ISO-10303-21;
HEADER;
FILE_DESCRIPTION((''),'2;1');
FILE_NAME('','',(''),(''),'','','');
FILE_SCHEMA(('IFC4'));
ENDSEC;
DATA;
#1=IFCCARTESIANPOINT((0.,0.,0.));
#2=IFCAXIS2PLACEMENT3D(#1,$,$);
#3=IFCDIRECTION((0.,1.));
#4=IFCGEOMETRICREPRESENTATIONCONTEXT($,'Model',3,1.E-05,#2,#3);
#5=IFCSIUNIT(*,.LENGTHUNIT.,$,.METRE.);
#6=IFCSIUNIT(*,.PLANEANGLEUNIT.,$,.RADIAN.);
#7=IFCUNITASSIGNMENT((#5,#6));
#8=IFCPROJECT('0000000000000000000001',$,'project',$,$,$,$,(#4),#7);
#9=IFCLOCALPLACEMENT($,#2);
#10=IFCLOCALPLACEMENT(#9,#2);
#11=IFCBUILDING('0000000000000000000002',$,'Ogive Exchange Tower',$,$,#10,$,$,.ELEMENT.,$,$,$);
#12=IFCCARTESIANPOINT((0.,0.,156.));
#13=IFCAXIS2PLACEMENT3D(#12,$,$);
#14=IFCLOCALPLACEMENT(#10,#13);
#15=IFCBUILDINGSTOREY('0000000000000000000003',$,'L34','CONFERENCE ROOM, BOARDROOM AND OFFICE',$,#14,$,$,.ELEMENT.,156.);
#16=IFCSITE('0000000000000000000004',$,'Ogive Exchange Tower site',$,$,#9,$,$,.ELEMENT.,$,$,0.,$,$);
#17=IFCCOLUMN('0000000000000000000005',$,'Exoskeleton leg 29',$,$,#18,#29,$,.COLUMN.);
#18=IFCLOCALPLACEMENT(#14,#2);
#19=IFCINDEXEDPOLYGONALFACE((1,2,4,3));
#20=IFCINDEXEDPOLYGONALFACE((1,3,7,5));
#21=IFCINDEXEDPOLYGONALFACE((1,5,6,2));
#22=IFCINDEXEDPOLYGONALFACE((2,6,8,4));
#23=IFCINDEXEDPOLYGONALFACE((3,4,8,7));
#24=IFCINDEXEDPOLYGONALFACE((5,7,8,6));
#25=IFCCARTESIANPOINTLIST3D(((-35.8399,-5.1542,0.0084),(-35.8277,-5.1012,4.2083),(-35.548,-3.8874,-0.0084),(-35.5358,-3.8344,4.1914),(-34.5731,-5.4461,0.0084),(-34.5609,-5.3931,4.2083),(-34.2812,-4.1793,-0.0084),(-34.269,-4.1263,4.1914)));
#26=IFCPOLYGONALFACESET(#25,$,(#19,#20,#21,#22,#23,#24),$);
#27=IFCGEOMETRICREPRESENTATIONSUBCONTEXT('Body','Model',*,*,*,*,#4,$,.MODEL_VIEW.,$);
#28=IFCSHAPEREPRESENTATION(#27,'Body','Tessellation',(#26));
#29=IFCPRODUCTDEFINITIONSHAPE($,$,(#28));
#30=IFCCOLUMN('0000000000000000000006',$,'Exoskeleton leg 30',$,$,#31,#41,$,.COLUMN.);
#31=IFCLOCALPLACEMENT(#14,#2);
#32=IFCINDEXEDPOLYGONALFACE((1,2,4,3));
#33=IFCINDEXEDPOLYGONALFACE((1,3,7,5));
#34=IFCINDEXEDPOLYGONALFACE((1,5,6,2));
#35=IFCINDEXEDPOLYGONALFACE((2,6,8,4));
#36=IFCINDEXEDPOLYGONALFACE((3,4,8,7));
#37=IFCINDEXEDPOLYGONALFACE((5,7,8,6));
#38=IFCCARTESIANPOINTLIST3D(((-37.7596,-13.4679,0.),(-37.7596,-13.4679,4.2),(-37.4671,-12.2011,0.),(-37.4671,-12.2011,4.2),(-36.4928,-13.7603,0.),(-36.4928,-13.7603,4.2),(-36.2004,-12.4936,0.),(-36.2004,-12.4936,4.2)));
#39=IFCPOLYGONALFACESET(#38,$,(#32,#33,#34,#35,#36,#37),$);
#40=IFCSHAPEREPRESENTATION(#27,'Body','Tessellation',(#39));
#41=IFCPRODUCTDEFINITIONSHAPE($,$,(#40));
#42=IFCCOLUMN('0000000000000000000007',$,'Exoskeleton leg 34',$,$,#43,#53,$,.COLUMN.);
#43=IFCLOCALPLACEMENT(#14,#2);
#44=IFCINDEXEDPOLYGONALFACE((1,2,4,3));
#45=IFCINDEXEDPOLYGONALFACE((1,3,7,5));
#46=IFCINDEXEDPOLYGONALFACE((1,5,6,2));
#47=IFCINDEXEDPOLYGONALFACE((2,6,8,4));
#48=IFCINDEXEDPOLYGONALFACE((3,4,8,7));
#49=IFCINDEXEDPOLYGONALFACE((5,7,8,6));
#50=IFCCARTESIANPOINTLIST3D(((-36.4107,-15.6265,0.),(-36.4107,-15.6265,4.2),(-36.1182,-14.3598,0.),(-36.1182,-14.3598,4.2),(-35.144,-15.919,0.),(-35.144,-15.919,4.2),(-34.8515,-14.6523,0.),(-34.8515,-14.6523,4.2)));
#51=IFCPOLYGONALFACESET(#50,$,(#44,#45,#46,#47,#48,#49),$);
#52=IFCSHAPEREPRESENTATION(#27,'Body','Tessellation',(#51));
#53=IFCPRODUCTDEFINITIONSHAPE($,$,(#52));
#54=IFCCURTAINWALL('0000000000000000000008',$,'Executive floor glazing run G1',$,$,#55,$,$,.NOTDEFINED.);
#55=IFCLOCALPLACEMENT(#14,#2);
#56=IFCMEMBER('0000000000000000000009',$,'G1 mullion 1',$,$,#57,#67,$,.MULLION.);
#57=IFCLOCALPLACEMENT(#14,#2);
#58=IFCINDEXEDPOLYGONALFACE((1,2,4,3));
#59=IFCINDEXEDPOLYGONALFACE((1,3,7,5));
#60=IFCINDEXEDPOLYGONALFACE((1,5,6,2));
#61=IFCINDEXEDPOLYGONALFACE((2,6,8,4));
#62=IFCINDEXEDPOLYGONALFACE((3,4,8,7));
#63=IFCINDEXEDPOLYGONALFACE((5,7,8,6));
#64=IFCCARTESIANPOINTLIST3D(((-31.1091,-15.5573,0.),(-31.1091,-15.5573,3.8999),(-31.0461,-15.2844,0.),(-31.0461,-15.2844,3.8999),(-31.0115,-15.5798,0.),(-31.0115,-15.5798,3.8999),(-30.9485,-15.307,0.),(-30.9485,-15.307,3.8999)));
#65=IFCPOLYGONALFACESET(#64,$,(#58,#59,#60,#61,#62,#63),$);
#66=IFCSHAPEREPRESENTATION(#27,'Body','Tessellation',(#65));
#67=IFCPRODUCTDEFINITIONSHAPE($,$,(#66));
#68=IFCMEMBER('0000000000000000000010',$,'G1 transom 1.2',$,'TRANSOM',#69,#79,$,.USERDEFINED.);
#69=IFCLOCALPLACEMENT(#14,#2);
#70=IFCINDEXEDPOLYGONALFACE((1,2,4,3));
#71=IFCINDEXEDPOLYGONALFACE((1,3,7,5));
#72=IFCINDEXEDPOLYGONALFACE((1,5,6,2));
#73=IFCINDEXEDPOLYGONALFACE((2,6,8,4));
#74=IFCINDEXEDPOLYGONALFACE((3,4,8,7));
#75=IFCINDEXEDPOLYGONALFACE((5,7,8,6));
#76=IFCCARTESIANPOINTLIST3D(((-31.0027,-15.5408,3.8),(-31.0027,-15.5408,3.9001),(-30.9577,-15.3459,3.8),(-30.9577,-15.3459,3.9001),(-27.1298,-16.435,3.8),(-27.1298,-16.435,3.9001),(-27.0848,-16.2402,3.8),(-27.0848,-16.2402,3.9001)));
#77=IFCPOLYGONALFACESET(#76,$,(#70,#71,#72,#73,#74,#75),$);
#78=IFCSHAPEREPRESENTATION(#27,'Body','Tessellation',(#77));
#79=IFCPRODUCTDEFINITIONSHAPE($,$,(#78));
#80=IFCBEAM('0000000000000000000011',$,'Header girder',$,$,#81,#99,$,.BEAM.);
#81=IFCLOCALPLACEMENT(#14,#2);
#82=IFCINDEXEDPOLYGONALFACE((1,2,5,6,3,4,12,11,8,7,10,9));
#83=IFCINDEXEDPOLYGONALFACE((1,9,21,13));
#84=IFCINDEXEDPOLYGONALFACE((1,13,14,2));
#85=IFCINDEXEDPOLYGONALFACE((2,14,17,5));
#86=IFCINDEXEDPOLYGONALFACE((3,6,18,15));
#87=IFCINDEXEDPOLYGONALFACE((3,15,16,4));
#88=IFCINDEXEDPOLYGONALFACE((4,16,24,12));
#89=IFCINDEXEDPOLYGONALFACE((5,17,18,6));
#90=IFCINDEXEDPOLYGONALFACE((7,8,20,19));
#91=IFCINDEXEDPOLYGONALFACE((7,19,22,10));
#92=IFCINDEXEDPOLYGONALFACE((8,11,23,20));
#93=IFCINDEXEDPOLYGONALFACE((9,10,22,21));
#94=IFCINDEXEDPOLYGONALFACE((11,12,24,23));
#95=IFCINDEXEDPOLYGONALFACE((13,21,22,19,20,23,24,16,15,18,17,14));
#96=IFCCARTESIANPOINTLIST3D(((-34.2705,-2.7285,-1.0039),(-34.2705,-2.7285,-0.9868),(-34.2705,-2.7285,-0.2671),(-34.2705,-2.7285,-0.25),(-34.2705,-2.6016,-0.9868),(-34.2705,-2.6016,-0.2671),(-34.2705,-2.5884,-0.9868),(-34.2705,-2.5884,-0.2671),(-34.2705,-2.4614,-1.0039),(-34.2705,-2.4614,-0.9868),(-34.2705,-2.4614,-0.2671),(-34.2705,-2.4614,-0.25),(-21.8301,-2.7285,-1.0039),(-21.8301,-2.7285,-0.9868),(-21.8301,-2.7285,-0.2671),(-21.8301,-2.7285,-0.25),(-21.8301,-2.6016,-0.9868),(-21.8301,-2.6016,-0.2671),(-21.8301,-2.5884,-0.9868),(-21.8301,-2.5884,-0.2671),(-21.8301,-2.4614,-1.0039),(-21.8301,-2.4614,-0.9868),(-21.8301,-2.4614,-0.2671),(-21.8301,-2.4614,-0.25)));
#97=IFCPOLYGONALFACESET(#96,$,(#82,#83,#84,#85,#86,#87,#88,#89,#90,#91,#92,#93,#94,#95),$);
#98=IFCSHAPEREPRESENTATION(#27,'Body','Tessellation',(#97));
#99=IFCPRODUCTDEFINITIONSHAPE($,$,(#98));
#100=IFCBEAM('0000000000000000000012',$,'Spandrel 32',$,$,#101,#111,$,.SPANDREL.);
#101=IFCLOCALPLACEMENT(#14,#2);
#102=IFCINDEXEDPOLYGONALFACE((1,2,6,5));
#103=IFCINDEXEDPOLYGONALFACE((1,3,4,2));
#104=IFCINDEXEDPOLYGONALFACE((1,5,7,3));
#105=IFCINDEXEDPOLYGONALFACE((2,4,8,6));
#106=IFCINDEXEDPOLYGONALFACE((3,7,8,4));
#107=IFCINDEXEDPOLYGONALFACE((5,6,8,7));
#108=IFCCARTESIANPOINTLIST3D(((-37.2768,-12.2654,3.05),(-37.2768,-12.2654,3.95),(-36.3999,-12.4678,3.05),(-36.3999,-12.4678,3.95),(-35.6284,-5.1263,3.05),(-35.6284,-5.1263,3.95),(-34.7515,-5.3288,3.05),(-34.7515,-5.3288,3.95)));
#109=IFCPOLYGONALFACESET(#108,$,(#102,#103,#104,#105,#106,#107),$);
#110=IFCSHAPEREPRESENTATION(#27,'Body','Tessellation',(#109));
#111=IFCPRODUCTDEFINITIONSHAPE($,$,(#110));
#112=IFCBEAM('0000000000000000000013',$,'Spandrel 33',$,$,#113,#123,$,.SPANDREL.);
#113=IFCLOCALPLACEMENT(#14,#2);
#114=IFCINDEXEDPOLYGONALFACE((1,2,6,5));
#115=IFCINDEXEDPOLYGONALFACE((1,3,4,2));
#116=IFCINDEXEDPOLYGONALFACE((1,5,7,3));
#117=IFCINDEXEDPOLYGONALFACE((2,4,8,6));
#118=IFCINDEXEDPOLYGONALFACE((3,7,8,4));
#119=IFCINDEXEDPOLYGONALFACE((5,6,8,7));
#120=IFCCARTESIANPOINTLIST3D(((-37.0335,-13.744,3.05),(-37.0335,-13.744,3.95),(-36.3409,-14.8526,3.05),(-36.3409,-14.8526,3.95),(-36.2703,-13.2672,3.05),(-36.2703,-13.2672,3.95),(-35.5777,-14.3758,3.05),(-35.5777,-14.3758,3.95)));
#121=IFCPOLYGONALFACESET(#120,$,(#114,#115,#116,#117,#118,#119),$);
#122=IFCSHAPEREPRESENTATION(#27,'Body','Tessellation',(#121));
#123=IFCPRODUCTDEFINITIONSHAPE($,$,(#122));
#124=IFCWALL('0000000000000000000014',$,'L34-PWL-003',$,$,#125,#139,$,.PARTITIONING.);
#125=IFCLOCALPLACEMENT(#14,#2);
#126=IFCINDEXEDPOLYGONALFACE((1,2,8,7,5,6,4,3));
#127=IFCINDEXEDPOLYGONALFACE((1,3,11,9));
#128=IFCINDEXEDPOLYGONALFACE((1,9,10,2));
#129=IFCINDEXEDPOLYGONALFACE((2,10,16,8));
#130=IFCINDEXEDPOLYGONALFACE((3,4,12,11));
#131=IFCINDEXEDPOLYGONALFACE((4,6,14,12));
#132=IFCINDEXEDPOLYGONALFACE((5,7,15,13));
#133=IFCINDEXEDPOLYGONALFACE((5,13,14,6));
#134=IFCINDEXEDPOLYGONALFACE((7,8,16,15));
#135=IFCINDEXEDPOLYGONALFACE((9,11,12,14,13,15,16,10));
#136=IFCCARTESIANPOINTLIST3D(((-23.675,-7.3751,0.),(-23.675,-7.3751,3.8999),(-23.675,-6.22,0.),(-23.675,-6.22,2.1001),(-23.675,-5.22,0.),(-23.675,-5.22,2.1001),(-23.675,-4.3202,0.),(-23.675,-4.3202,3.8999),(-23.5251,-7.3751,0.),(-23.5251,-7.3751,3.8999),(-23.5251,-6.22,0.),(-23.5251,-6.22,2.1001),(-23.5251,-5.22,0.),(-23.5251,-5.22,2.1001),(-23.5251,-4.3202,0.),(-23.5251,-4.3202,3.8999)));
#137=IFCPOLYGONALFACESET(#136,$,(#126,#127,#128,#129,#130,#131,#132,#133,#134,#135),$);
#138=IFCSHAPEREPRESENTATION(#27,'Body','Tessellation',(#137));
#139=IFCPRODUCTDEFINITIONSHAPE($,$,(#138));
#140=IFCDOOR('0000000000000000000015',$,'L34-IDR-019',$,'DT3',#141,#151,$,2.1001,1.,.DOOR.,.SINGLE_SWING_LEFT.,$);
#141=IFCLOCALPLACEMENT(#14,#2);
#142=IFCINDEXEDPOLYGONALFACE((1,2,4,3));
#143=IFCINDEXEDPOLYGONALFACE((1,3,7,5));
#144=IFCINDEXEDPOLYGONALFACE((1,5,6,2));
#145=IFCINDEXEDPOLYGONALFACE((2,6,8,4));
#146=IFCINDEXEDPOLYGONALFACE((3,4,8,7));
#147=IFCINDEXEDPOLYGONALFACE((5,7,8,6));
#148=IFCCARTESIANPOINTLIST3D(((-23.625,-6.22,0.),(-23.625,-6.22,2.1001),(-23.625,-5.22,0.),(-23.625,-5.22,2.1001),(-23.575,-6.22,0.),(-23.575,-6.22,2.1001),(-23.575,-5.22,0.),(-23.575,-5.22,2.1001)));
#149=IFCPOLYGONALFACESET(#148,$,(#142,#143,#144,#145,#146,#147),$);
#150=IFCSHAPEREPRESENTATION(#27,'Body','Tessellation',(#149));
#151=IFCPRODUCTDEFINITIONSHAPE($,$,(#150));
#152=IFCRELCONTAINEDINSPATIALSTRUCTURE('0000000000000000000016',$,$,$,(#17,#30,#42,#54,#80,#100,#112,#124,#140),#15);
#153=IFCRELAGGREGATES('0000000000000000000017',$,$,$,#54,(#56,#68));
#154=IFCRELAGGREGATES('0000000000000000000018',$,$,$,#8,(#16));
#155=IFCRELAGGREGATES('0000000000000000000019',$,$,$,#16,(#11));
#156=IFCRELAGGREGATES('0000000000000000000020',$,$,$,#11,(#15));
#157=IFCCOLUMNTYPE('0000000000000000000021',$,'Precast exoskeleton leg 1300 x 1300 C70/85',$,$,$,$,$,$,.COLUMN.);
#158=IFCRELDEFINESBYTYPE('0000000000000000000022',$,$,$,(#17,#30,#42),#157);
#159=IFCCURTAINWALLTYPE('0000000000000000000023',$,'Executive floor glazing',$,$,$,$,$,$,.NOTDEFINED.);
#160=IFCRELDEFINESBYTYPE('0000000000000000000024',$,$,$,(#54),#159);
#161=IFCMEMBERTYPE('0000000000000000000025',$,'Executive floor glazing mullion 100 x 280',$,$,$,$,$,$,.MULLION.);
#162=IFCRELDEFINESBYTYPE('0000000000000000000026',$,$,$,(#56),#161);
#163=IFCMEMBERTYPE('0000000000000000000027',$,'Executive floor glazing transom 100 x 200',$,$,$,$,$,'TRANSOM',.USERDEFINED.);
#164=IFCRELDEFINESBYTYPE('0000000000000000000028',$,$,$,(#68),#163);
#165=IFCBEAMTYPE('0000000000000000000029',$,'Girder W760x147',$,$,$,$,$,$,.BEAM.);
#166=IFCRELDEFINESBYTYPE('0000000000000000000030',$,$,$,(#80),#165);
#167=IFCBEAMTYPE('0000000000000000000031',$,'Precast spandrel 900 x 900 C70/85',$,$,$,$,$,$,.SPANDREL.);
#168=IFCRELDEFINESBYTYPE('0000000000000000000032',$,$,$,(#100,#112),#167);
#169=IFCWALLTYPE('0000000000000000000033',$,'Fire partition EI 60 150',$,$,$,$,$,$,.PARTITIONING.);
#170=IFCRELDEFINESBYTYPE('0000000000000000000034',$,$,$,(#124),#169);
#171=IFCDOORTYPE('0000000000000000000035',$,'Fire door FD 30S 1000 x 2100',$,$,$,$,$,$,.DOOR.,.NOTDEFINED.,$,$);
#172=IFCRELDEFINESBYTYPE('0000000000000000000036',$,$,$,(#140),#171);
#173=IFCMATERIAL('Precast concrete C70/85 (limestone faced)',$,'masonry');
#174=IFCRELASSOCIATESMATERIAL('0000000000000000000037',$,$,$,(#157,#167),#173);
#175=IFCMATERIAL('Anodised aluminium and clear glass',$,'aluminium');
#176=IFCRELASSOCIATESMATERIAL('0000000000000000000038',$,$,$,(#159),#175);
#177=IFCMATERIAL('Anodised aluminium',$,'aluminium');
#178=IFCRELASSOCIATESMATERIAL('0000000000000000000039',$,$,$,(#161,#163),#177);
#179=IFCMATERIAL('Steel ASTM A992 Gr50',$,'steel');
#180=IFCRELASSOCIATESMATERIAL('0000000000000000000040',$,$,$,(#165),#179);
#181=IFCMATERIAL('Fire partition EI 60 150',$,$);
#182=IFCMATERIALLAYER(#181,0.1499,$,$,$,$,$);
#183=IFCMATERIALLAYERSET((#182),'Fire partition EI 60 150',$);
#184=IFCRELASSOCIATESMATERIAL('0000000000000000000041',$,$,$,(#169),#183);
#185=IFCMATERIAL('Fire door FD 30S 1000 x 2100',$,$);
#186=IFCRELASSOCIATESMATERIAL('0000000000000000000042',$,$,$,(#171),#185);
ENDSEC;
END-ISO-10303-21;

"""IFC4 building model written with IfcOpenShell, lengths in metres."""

from ifc_helpers import new_model, si_unit, direction, frame, frame_2d, origin, origin_2d, place, context, subcontext, project, spatial, rectangle, i_section, extrude, material, layer, layer_set, material_profile, profile_set, type_object, element, fill, aggregate, save


model = new_model("IFC4")

# Units and contexts
model_context = context("Model", 3, precision=1e-05, world=origin(), true_north=direction((0.0, 1.0)))
body_context = subcontext(model_context, "Body", "Model", "MODEL_VIEW")
ifc_project = project(units=[si_unit("LENGTHUNIT", "METRE"), si_unit("PLANEANGLEUNIT", "RADIAN")], contexts=[model_context])

# Site, building, storey
site_placement = place(None, origin())
site = spatial("IfcSite", under=ifc_project, at=site_placement, Name="Ogive Exchange Tower site", CompositionType="ELEMENT", RefElevation=0.0)
building_placement = place(site_placement, origin())
building = spatial("IfcBuilding", under=site, at=building_placement, Name="Ogive Exchange Tower", CompositionType="ELEMENT")
storey_placement = place(building_placement, frame((0.0, 0.0, 156.0)))
storey = spatial("IfcBuildingStorey", under=building, at=storey_placement, Name="L34", Description="CONFERENCE ROOM, BOARDROOM AND OFFICE", CompositionType="ELEMENT", Elevation=156.0)

# Columns
ifc_material_1 = material(Name="Precast concrete C70/85 (limestone faced)", Category="masonry")
ifc_material_profile_1 = material_profile(ifc_material_1, rectangle(XDim=1.3, YDim=1.3, at=origin_2d()), Name="1300 x 1300")
ifc_profile_set_1 = profile_set([ifc_material_profile_1], Name="Precast concrete C70/85 (limestone faced)")
column_type = type_object("IfcColumnType", Name="Precast exoskeleton leg 1300 x 1300 C70/85", PredefinedType="COLUMN", material=ifc_profile_set_1)
column_placement = place(storey_placement, frame((-35.0605, -4.6667, 0.0), z_axis=(0.002906, 0.012613, 0.999916), x_axis=(-0.974467, 0.224532, 0.0)))
element("IfcColumn", 1, at=column_placement, inside=storey, type_object=column_type, Name="Exoskeleton leg 29", PredefinedType="COLUMN", context=body_context, shape_type="SweptSolid", body=[
    extrude(rectangle(XDim=1.3, YDim=1.3, at=origin_2d()), origin(), (0.0, 0.0, 1.0), 4.2002),
])
for number, where, z_axis, x_axis, name in (
    (2, (-36.98, -12.9807, 0.0), (0.0, 0.0, 1.0), (0.97437, -0.224951, 0.0), "Exoskeleton leg 30"),
    (3, (-35.6311, -15.1394, 0.0), (0.0, 0.0, 1.0), (0.97437, -0.224951, 0.0), "Exoskeleton leg 34"),
):
    element("IfcColumn", number, at=place(storey_placement, frame(where, z_axis=z_axis, x_axis=x_axis)), inside=storey, type_object=column_type, Name=name, PredefinedType="COLUMN", context=body_context, shape_type="SweptSolid", body=[
        extrude(rectangle(XDim=1.3, YDim=1.3, at=origin_2d()), origin(), (0.0, 0.0, 1.0), 4.2),
    ])

# Curtain wall, members
ifc_material_2 = material(Name="Anodised aluminium and clear glass", Category="aluminium")
curtain_wall_type = type_object("IfcCurtainWallType", Name="Executive floor glazing", PredefinedType="NOTDEFINED", material=ifc_material_2)
curtain_wall_placement = place(storey_placement, origin())
curtain_wall = element("IfcCurtainWall", 4, at=curtain_wall_placement, inside=storey, type_object=curtain_wall_type, Name="Executive floor glazing run G1", PredefinedType="NOTDEFINED")
ifc_material_3 = material(Name="Anodised aluminium", Category="aluminium")
ifc_material_profile_2 = material_profile(ifc_material_3, rectangle(XDim=0.28, YDim=0.1001, at=origin_2d()), Name="AL 100x280")
ifc_profile_set_2 = profile_set([ifc_material_profile_2], Name="Anodised aluminium")
member_type_1 = type_object("IfcMemberType", Name="Executive floor glazing mullion 100 x 280", PredefinedType="MULLION", material=ifc_profile_set_2)
member_1_placement = place(storey_placement, frame((-31.0288, -15.4321, 0.0), z_axis=(0.0, 0.0, 1.0), x_axis=(0.224947, 0.974371, 0.0)))
member_1 = element("IfcMember", 5, at=member_1_placement, type_object=member_type_1, Name="G1 mullion 1", PredefinedType="MULLION", context=body_context, shape_type="SweptSolid", body=[
    extrude(rectangle(XDim=0.28, YDim=0.1001, at=origin_2d()), origin(), (0.0, 0.0, 1.0), 3.8999),
])
ifc_material_profile_3 = material_profile(ifc_material_3, rectangle(XDim=0.2, YDim=0.1001, at=origin_2d()), Name="AL 100x200")
ifc_profile_set_3 = profile_set([ifc_material_profile_3], Name="Anodised aluminium")
member_type_2 = type_object("IfcMemberType", Name="Executive floor glazing transom 100 x 200", ElementType="TRANSOM", PredefinedType="USERDEFINED", material=ifc_profile_set_3)
member_2_placement = place(storey_placement, frame((-30.9802, -15.4434, 3.8501), z_axis=(0.974363, -0.224981, 0.0), x_axis=(0.224981, 0.974363, 0.0)))
member_2 = element("IfcMember", 6, at=member_2_placement, type_object=member_type_2, Name="G1 transom 1.2", ObjectType="TRANSOM", PredefinedType="USERDEFINED", context=body_context, shape_type="SweptSolid", body=[
    extrude(rectangle(XDim=0.2, YDim=0.1001, at=origin_2d()), origin(), (0.0, 0.0, 1.0), 3.9749),
])
aggregate(curtain_wall, [member_1, member_2])

# Beams
ifc_material_4 = material(Name="Steel ASTM A992 Gr50", Category="steel")
ifc_material_profile_4 = material_profile(ifc_material_4, i_section(OverallWidth=0.2671, OverallDepth=0.7539, WebThickness=0.0132, FlangeThickness=0.0171, at=origin_2d()), Name="W760x147")
ifc_profile_set_4 = profile_set([ifc_material_profile_4], Name="Steel ASTM A992 Gr50")
beam_type_1 = type_object("IfcBeamType", Name="Girder W760x147", PredefinedType="BEAM", material=ifc_profile_set_4)
beam_1_placement = place(storey_placement, frame((-34.2705, -2.595, -0.627), z_axis=(1.0, 0.0, 0.0), x_axis=(0.0, 1.0, 0.0)))
element("IfcBeam", 7, at=beam_1_placement, inside=storey, type_object=beam_type_1, Name="Header girder", PredefinedType="BEAM", context=body_context, shape_type="SweptSolid", body=[
    extrude(i_section(OverallWidth=0.2671, OverallDepth=0.7539, WebThickness=0.0132, FlangeThickness=0.0171, at=origin_2d()), origin(), (0.0, 0.0, 1.0), 12.4404),
])
ifc_material_profile_5 = material_profile(ifc_material_1, rectangle(XDim=0.8999, YDim=0.8999, at=origin_2d()), Name="900 x 900")
ifc_profile_set_5 = profile_set([ifc_material_profile_5], Name="Precast concrete C70/85 (limestone faced)")
beam_type_2 = type_object("IfcBeamType", Name="Precast spandrel 900 x 900 C70/85", PredefinedType="SPANDREL", material=ifc_profile_set_5)
beam_2_placement = place(storey_placement, frame((-35.1899, -5.2275, 3.5), z_axis=(-0.224981, -0.974363, 0.0), x_axis=(0.974363, -0.224981, 0.0)))
element("IfcBeam", 8, at=beam_2_placement, inside=storey, type_object=beam_type_2, Name="Spandrel 32", PredefinedType="SPANDREL", context=body_context, shape_type="SweptSolid", body=[
    extrude(rectangle(XDim=0.8999, YDim=0.8999, at=origin_2d()), origin(), (0.0, 0.0, 1.0), 7.3269),
])
beam_3_placement = place(storey_placement, frame((-36.6519, -13.5056, 3.5), z_axis=(0.529848, -0.848093, 0.0), x_axis=(0.848093, 0.529848, 0.0)))
element("IfcBeam", 9, at=beam_3_placement, inside=storey, type_object=beam_type_2, Name="Spandrel 33", PredefinedType="SPANDREL", context=body_context, shape_type="SweptSolid", body=[
    extrude(rectangle(XDim=0.8999, YDim=0.8999, at=origin_2d()), origin(), (0.0, 0.0, 1.0), 1.3071),
])

# Wall, opening, door
ifc_material_5 = material(Name="Fire partition EI 60 150")
ifc_layer_1 = layer(ifc_material_5, 0.1499)
ifc_layer_set_1 = layer_set([ifc_layer_1], Name="Fire partition EI 60 150")
wall_type_1 = type_object("IfcWallType", Name="Fire partition EI 60 150", PredefinedType="PARTITIONING", material=ifc_layer_set_1)
wall_1_placement = place(storey_placement, frame((-23.6001, -7.375, 0.0), z_axis=(0.0, 0.0, 1.0), x_axis=(0.0, 1.0, 0.0)))
wall_1 = element("IfcWall", 10, at=wall_1_placement, inside=storey, type_object=wall_type_1, Name="L34-PWL-003", PredefinedType="PARTITIONING", context=body_context, shape_type="SweptSolid", body=[
    extrude(rectangle(XDim=3.0549, YDim=0.1499, at=frame_2d((1.5273, 0.0))), origin(), (0.0, 0.0, 1.0), 3.8999),
])
opening_1_placement = place(wall_1_placement, frame((1.155, 0.0, 0.0)))
opening_1 = element("IfcOpeningElement", 11, at=opening_1_placement, cuts=wall_1, PredefinedType="OPENING", context=body_context, shape_type="SweptSolid", body=[
    extrude(rectangle(XDim=1.0, YDim=2.1001, at=frame_2d((0.5, 1.05))), frame((0.0, 0.085, 0.0), z_axis=(0.0, -1.0, 0.0), x_axis=(1.0, 0.0, 0.0)), (0.0, 0.0, 1.0), 0.1699),
])
ifc_material_6 = material(Name="Fire door FD 30S 1000 x 2100")
door_type_1 = type_object("IfcDoorType", Name="Fire door FD 30S 1000 x 2100", OperationType="NOTDEFINED", PredefinedType="DOOR", material=ifc_material_6)
door_1_placement = place(opening_1_placement, origin())
door_1 = element("IfcDoor", 12, at=door_1_placement, inside=storey, type_object=door_type_1, Name="L34-IDR-019", ObjectType="DT3", OperationType="SINGLE_SWING_LEFT", OverallHeight=2.1001, OverallWidth=1.0, PredefinedType="DOOR", context=body_context, shape_type="SweptSolid", body=[
    extrude(rectangle(XDim=1.0, YDim=2.1001, at=frame_2d((0.5, 1.05))), frame((0.0, 0.0249, 0.0), z_axis=(0.0, -1.0, 0.0), x_axis=(1.0, 0.0, 0.0)), (0.0, 0.0, 1.0), 0.05),
])
fill(opening_1, door_1)

save(model, "model.ifc")
